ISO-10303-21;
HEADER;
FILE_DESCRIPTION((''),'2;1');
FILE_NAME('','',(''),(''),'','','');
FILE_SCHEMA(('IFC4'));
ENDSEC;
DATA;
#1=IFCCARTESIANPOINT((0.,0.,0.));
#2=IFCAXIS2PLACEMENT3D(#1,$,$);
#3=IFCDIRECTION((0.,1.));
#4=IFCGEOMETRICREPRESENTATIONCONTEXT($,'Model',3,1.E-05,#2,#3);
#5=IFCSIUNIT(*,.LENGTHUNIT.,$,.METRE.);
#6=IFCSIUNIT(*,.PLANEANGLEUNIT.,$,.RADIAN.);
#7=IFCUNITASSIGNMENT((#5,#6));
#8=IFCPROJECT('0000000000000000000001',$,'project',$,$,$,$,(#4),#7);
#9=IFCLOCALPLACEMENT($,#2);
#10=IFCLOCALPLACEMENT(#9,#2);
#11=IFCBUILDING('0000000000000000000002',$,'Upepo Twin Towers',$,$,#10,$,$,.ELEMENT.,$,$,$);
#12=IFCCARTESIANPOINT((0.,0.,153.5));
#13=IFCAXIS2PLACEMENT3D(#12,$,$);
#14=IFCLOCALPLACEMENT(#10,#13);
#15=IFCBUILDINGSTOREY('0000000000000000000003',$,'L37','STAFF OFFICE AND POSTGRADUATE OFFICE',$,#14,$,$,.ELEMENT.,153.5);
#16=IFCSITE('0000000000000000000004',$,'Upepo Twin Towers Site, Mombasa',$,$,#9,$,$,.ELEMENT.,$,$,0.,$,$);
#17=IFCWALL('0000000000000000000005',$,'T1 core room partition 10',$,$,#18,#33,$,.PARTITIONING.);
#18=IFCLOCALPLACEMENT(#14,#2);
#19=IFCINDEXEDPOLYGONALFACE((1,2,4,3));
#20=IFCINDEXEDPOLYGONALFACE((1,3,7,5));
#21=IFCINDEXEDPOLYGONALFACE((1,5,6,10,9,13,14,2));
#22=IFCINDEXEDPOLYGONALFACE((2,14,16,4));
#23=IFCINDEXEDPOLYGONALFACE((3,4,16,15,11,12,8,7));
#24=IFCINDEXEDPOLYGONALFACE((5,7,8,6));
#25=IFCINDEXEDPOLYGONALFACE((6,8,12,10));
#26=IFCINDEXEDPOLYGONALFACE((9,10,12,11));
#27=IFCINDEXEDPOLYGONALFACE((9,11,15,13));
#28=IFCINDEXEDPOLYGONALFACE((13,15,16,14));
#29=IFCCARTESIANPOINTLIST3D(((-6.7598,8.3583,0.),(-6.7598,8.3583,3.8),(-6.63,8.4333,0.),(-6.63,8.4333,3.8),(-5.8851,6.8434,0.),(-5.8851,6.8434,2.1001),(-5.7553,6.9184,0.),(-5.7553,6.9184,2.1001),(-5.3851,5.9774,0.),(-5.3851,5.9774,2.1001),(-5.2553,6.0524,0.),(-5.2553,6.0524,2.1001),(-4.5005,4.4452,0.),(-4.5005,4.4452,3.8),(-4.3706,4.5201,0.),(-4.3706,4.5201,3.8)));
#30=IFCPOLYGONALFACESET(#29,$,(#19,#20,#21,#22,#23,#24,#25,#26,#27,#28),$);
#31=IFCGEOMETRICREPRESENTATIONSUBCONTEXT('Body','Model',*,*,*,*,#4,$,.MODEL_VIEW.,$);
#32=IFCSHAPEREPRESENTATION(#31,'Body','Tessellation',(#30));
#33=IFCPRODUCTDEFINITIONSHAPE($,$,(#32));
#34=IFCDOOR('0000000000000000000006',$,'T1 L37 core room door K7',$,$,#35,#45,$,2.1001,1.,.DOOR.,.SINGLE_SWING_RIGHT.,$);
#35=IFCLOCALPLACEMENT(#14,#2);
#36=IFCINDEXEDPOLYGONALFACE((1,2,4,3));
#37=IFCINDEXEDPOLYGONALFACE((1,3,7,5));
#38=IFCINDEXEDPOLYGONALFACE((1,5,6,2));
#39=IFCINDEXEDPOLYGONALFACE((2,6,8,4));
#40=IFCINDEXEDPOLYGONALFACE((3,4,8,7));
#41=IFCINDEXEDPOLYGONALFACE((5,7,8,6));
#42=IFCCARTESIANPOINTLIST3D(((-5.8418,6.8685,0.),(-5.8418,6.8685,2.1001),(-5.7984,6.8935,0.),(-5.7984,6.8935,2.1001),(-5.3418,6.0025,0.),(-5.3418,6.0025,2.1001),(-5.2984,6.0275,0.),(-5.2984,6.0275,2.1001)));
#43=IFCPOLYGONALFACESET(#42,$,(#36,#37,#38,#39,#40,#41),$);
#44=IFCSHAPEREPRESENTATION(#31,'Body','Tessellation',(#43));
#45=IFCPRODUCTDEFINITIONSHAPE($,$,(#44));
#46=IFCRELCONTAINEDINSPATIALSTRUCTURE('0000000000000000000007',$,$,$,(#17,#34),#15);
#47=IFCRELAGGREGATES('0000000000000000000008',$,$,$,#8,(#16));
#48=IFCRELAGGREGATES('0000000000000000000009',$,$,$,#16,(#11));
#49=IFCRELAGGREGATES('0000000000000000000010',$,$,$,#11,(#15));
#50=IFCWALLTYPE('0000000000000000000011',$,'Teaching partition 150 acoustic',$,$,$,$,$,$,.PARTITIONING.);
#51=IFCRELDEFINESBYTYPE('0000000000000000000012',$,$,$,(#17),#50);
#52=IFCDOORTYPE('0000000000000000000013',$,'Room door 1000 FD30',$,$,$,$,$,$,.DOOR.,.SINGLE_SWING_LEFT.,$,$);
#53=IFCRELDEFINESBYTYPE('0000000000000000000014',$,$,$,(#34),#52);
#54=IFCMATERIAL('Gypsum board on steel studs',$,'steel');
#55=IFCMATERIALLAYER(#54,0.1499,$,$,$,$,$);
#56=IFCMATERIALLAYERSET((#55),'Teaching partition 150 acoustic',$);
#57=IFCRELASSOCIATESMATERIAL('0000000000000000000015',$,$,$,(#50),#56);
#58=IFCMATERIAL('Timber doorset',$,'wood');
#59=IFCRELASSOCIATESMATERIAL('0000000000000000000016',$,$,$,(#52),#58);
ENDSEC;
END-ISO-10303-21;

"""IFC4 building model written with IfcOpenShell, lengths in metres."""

from ifc_helpers import new_model, si_unit, direction, frame, frame_2d, origin, place, context, subcontext, project, spatial, rectangle, extrude, material, layer, layer_set, type_object, element, fill, save


model = new_model("IFC4")

# Units and contexts
model_context = context("Model", 3, precision=1e-05, world=origin(), true_north=direction((0.0, 1.0)))
body_context = subcontext(model_context, "Body", "Model", "MODEL_VIEW")
ifc_project = project(units=[si_unit("LENGTHUNIT", "METRE"), si_unit("PLANEANGLEUNIT", "RADIAN")], contexts=[model_context])

# Site, building, storey
site_placement = place(None, origin())
site = spatial("IfcSite", under=ifc_project, at=site_placement, Name="Upepo Twin Towers Site, Mombasa", CompositionType="ELEMENT", RefElevation=0.0)
building_placement = place(site_placement, origin())
building = spatial("IfcBuilding", under=site, at=building_placement, Name="Upepo Twin Towers", CompositionType="ELEMENT")
storey_placement = place(building_placement, frame((0.0, 0.0, 153.5)))
storey = spatial("IfcBuildingStorey", under=building, at=storey_placement, Name="L37", Description="STAFF OFFICE AND POSTGRADUATE OFFICE", CompositionType="ELEMENT", Elevation=153.5)

# Shared definitions
ifc_material_1 = material(Name="Gypsum board on steel studs", Category="steel")
ifc_layer_1 = layer(ifc_material_1, 0.1499)
ifc_layer_set_1 = layer_set([ifc_layer_1], Name="Teaching partition 150 acoustic")
wall_type_1 = type_object("IfcWallType", Name="Teaching partition 150 acoustic", PredefinedType="PARTITIONING", material=ifc_layer_set_1)

# Wall, opening, door
wall_1_placement = place(storey_placement, frame((-4.4355, 4.4827, 0.0), z_axis=(0.0, 0.0, 1.0), x_axis=(-0.500009, 0.86602, 0.0)))
wall_1 = element("IfcWall", 1, at=wall_1_placement, inside=storey, type_object=wall_type_1, Name="T1 core room partition 10", PredefinedType="PARTITIONING", context=body_context, shape_type="SweptSolid", body=[
    extrude(rectangle(XDim=4.5186, YDim=0.1499, at=frame_2d((2.2593, 0.0))), origin(), (0.0, 0.0, 1.0), 3.8),
])
opening_1_placement = place(wall_1_placement, frame((1.7693, 0.0, 0.0)))
opening_1 = element("IfcOpeningElement", 2, at=opening_1_placement, cuts=wall_1, PredefinedType="OPENING", context=body_context, shape_type="SweptSolid", body=[
    extrude(rectangle(XDim=1.0, YDim=2.1001, at=frame_2d((0.5, 1.05))), frame((0.0, 0.085, 0.0), z_axis=(0.0, -1.0, 0.0), x_axis=(1.0, 0.0, 0.0)), (0.0, 0.0, 1.0), 0.1699),
])
ifc_material_2 = material(Name="Timber doorset", Category="wood")
door_type_1 = type_object("IfcDoorType", Name="Room door 1000 FD30", OperationType="SINGLE_SWING_LEFT", PredefinedType="DOOR", material=ifc_material_2)
door_1_placement = place(opening_1_placement, origin())
door_1 = element("IfcDoor", 3, at=door_1_placement, inside=storey, type_object=door_type_1, Name="T1 L37 core room door K7", OperationType="SINGLE_SWING_RIGHT", OverallHeight=2.1001, OverallWidth=1.0, PredefinedType="DOOR", context=body_context, shape_type="SweptSolid", body=[
    extrude(rectangle(XDim=1.0, YDim=2.1001, at=frame_2d((0.5, 1.05))), frame((0.0, 0.0249, 0.0), z_axis=(0.0, -1.0, 0.0), x_axis=(1.0, 0.0, 0.0)), (0.0, 0.0, 1.0), 0.05),
])
fill(opening_1, door_1)

save(model, "model.ifc")
